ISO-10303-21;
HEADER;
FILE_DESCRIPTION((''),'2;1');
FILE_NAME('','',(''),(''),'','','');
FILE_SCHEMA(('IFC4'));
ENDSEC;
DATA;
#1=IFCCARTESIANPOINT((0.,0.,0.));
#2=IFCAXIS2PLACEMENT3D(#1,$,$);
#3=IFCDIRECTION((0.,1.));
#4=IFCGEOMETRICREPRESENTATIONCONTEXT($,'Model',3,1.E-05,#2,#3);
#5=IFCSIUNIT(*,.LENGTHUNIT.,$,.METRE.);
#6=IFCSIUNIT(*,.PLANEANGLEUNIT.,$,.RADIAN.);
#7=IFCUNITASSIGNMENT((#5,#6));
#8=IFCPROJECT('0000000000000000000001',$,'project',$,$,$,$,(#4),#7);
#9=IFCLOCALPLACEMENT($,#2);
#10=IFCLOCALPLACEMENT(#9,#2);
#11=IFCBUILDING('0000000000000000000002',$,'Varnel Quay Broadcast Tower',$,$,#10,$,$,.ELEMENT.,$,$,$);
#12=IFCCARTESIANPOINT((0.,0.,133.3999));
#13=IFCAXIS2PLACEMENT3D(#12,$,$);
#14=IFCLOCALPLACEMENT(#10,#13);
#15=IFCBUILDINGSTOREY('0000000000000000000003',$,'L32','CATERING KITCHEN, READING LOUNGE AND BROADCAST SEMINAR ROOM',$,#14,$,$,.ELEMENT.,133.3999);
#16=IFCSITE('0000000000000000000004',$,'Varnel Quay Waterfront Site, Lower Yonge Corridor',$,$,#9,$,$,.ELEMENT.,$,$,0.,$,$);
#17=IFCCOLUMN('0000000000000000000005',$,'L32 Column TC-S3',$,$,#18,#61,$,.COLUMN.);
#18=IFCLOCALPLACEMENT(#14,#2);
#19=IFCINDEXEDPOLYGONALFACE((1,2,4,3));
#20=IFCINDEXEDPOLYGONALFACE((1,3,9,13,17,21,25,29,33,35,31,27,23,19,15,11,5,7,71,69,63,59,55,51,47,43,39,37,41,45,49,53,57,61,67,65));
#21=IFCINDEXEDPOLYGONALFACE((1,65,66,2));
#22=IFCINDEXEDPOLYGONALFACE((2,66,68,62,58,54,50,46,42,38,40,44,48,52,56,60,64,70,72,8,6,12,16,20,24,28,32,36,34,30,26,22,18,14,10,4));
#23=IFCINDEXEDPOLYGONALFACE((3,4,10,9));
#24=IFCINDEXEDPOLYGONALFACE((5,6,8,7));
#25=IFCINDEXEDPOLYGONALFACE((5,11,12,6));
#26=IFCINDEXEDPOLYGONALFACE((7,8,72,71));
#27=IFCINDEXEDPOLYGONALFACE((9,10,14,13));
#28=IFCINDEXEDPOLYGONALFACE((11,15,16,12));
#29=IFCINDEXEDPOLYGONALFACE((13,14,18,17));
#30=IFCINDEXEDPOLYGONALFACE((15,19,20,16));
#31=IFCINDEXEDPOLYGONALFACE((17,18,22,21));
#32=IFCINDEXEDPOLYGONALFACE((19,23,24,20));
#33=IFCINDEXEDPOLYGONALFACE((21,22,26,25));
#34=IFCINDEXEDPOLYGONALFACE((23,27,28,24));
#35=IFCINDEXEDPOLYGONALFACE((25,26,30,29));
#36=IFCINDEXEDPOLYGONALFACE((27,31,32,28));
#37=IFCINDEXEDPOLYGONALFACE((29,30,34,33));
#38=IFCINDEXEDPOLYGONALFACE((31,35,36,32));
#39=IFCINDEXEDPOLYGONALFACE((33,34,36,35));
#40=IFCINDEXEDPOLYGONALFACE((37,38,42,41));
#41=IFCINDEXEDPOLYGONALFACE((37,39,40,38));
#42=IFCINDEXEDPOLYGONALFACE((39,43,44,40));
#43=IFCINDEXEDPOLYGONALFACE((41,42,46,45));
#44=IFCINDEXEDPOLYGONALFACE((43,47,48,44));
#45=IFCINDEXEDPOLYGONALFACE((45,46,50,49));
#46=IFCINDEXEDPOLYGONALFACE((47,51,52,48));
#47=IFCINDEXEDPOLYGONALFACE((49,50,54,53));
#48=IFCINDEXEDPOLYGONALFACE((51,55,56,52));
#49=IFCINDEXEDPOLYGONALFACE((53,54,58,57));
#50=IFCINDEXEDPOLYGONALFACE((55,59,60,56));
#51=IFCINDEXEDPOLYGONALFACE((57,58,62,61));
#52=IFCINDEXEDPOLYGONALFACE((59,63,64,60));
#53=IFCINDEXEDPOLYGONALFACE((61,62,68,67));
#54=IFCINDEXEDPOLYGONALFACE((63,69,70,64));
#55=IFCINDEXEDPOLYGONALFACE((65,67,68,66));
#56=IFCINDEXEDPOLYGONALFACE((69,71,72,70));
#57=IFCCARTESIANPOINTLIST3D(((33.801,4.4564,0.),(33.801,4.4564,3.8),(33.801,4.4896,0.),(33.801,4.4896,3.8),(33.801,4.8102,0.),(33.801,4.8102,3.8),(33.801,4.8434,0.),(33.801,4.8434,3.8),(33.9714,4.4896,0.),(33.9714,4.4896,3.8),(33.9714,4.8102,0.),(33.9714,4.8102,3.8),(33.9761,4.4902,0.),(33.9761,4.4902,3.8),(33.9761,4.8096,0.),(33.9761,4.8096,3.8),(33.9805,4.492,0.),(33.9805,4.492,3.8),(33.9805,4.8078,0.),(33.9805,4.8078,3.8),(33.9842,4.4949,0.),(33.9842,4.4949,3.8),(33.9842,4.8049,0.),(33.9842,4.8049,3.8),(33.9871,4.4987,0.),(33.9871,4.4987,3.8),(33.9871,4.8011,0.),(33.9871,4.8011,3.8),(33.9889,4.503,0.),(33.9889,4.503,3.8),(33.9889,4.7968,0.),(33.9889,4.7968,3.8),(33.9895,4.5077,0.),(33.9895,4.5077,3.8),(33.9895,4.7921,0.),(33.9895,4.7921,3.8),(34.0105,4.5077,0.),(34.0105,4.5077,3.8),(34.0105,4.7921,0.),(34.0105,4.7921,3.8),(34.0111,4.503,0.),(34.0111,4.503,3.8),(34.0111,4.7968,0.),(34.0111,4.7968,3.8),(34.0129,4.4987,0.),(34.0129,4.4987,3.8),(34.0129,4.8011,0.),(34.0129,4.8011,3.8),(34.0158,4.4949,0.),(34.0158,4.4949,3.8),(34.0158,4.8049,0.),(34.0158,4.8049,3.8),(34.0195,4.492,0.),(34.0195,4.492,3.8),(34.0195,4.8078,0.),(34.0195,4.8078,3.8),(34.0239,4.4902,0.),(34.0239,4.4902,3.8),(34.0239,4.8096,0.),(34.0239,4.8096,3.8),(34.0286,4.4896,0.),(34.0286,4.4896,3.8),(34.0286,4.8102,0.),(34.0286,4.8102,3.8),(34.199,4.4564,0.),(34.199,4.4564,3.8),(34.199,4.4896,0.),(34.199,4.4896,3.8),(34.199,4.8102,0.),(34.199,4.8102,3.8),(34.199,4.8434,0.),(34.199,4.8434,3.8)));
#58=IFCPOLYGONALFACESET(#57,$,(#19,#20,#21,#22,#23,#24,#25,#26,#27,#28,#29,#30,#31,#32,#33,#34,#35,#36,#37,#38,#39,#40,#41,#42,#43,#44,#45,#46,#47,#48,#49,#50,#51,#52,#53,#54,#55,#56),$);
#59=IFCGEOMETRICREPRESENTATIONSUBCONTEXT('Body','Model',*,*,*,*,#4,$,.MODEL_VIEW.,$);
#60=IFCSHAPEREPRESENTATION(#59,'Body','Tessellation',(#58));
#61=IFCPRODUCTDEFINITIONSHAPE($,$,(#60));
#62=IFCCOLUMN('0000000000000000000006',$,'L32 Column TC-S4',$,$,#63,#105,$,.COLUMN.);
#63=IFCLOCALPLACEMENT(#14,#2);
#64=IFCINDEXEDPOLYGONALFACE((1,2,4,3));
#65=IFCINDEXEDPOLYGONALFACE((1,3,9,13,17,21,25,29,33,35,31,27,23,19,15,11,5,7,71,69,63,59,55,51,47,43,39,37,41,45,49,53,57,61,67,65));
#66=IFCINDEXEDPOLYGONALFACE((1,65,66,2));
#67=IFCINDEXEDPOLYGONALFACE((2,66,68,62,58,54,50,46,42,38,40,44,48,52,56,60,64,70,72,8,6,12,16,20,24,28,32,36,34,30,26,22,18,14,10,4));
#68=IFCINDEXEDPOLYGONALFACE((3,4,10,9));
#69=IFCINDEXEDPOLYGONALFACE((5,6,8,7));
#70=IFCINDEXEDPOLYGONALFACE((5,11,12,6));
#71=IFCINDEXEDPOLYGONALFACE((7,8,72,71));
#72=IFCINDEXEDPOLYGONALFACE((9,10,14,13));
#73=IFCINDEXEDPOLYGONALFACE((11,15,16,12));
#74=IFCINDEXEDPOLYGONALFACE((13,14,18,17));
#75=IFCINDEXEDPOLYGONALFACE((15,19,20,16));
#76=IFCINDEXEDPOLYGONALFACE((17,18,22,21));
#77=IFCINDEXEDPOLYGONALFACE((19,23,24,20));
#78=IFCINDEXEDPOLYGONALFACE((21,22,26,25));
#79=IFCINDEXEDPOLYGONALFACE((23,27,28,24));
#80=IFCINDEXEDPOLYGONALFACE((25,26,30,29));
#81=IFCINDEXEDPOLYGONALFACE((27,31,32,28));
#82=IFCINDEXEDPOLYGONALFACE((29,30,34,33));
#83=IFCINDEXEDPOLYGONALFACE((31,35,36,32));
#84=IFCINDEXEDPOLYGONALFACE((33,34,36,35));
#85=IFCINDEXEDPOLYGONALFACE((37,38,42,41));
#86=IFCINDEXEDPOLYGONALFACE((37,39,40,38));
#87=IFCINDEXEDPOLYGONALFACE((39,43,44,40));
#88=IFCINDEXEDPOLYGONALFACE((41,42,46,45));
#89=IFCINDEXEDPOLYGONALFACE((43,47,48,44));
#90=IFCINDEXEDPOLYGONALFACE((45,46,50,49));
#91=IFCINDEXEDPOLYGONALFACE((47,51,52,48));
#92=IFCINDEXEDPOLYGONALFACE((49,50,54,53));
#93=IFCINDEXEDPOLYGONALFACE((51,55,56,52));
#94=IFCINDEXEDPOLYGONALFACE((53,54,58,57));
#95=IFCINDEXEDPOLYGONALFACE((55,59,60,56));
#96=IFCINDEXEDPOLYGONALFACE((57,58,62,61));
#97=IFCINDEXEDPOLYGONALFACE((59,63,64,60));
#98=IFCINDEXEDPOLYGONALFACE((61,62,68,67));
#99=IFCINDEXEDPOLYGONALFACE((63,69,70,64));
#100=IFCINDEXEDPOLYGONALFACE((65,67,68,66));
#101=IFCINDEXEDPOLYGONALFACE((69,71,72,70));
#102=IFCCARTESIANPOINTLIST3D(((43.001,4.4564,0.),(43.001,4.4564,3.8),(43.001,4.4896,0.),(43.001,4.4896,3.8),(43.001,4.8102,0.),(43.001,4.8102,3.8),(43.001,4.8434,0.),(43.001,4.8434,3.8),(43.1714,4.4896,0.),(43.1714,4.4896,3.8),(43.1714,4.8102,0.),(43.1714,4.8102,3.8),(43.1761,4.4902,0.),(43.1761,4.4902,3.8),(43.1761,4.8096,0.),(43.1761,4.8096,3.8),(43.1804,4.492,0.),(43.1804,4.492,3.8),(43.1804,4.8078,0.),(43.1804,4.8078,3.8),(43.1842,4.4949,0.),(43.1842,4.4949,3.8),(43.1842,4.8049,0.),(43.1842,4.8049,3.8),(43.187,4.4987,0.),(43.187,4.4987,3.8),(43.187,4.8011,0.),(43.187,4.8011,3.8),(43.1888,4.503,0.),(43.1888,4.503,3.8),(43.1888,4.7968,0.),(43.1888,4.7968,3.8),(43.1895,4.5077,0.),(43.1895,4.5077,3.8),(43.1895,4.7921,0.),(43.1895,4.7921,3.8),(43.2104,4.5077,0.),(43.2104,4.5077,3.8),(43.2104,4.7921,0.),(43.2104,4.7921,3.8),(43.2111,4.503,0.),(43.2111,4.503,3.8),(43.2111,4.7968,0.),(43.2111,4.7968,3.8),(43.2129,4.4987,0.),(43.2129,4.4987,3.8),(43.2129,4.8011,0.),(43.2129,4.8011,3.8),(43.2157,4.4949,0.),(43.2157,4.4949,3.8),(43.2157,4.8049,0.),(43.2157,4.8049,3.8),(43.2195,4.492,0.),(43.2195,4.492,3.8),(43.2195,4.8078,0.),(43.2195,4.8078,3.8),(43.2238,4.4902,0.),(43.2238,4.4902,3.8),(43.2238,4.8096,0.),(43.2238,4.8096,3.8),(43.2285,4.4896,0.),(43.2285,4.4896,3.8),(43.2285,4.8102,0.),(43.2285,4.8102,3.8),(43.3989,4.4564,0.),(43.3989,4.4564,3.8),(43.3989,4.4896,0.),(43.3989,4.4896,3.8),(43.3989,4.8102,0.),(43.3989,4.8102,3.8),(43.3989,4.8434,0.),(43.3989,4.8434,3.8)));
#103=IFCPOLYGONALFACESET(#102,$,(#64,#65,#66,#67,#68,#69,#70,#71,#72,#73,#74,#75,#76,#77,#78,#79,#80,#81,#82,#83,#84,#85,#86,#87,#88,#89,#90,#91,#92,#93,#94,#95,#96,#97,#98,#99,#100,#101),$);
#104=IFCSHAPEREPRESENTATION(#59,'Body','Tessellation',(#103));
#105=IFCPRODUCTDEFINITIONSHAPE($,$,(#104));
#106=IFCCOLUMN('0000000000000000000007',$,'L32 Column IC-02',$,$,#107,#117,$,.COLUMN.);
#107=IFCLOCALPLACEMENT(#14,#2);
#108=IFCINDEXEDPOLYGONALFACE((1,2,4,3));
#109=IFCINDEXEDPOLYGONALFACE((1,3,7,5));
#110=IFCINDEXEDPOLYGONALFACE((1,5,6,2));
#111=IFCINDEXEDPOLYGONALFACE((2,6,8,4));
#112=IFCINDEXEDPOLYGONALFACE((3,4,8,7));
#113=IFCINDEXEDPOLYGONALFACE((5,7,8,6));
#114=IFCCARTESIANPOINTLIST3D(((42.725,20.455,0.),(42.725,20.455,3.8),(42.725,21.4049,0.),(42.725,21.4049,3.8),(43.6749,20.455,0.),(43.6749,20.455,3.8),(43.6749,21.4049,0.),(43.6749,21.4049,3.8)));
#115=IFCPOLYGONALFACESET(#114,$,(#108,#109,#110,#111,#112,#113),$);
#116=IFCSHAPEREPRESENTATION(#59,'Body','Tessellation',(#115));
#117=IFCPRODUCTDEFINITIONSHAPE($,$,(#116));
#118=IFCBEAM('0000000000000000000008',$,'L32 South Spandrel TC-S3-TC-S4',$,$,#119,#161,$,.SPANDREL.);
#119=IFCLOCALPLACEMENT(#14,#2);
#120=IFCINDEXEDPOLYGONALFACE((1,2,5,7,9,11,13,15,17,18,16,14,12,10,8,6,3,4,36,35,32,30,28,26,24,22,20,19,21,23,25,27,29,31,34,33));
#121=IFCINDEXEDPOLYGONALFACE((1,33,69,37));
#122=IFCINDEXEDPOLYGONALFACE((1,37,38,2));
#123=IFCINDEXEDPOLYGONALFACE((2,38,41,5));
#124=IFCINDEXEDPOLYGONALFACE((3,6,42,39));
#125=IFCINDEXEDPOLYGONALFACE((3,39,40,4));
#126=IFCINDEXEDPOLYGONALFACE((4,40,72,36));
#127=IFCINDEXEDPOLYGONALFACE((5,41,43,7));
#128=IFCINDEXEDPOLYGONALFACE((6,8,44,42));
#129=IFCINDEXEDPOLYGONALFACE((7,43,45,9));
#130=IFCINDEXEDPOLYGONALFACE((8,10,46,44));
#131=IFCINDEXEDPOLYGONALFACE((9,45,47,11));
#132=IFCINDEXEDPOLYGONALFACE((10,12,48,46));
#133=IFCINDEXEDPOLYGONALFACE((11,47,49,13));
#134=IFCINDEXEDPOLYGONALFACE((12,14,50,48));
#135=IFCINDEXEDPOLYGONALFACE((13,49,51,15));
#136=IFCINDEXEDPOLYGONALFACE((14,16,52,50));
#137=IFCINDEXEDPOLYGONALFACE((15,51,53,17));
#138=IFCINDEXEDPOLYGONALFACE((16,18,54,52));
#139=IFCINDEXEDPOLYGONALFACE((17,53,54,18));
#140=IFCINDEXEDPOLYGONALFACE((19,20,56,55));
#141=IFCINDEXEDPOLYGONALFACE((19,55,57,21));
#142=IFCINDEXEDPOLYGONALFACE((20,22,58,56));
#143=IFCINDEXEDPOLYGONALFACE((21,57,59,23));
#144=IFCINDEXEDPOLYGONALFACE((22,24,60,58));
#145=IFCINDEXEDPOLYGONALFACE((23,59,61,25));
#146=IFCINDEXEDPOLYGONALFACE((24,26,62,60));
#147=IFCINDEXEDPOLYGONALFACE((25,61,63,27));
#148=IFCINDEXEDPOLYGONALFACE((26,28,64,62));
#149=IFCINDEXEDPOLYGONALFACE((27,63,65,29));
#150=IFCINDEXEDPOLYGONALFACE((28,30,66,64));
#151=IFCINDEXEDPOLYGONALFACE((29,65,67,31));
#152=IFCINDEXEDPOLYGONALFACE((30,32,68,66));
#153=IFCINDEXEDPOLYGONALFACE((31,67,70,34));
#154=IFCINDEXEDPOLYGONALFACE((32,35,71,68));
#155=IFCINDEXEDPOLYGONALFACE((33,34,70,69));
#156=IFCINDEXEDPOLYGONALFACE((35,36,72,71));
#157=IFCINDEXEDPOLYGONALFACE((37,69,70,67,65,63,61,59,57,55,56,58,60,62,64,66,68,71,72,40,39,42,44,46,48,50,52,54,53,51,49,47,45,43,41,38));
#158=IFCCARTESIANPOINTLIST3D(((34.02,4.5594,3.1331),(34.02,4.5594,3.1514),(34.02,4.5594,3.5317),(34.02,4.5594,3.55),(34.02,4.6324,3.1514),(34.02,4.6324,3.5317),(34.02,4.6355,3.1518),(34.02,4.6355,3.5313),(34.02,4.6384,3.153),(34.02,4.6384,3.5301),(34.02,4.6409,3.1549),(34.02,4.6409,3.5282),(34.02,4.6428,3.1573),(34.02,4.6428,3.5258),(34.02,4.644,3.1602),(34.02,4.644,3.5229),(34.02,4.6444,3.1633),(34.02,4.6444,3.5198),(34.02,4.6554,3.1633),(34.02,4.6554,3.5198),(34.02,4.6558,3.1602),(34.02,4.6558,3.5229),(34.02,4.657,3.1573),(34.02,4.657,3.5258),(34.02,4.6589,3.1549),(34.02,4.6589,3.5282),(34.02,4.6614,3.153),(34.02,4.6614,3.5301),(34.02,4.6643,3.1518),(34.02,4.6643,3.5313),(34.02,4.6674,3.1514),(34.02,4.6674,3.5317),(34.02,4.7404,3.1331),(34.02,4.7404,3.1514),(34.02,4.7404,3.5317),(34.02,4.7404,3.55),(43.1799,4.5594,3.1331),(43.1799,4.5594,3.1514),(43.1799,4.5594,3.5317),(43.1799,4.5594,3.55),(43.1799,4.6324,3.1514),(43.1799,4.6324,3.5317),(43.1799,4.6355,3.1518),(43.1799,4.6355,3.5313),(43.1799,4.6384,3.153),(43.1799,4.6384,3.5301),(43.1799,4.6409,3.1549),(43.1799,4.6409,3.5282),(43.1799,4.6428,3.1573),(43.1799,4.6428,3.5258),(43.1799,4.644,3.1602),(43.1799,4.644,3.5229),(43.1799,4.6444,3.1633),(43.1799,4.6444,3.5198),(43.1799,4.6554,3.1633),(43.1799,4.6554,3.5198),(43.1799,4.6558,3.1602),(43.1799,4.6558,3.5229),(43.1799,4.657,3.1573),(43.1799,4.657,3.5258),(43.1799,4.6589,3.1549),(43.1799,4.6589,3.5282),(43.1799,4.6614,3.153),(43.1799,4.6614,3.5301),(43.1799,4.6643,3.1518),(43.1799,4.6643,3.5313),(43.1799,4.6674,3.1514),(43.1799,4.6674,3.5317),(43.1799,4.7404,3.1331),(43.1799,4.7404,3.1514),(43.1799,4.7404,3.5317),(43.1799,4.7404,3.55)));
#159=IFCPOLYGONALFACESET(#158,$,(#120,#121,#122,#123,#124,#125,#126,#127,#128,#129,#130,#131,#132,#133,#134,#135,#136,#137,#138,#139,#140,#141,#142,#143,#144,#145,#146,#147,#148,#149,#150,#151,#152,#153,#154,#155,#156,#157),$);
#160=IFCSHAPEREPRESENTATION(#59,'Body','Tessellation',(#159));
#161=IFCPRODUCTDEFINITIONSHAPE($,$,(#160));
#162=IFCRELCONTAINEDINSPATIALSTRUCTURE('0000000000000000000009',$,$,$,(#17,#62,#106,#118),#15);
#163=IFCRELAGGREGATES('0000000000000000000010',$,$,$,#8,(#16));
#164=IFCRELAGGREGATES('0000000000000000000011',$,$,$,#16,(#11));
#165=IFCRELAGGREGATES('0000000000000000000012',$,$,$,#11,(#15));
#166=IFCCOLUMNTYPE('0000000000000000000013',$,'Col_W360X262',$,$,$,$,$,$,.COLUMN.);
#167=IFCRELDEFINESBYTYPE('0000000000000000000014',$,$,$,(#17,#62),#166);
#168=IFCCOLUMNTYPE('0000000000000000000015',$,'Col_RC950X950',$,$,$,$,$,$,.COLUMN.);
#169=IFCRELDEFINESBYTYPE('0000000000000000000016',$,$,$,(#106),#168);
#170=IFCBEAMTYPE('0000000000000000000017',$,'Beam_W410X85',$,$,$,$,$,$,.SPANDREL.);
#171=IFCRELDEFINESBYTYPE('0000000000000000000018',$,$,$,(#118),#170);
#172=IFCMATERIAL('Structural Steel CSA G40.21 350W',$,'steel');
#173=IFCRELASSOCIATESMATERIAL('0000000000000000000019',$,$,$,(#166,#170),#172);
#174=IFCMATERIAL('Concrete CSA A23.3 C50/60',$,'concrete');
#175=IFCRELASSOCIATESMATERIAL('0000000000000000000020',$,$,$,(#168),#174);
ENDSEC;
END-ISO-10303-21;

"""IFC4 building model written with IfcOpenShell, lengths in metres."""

from ifc_helpers import new_model, si_unit, direction, frame, origin, origin_2d, place, context, subcontext, project, spatial, rectangle, i_section, extrude, source, transform, mapped, material, material_profile, profile_set, type_object, type_shapes, element, save


model = new_model("IFC4")

# Units and contexts
model_context = context("Model", 3, precision=1e-05, world=origin(), true_north=direction((0.0, 1.0)))
body_context = subcontext(model_context, "Body", "Model", "MODEL_VIEW")
ifc_project = project(units=[si_unit("LENGTHUNIT", "METRE"), si_unit("PLANEANGLEUNIT", "RADIAN")], contexts=[model_context])

# Site, building, storey
site_placement = place(None, origin())
site = spatial("IfcSite", under=ifc_project, at=site_placement, Name="Varnel Quay Waterfront Site, Lower Yonge Corridor", CompositionType="ELEMENT", RefElevation=0.0)
building_placement = place(site_placement, origin())
building = spatial("IfcBuilding", under=site, at=building_placement, Name="Varnel Quay Broadcast Tower", CompositionType="ELEMENT")
storey_placement = place(building_placement, frame((0.0, 0.0, 133.3999)))
storey = spatial("IfcBuildingStorey", under=building, at=storey_placement, Name="L32", Description="CATERING KITCHEN, READING LOUNGE AND BROADCAST SEMINAR ROOM", CompositionType="ELEMENT", Elevation=133.3999)

# Columns
ifc_material_1 = material(Name="Structural Steel CSA G40.21 350W", Category="steel")
ifc_material_profile_1 = material_profile(ifc_material_1, i_section(OverallWidth=0.3979, OverallDepth=0.387, WebThickness=0.021, FlangeThickness=0.0332, FilletRadius=0.0181, at=origin_2d()), Name="W360X262")
ifc_profile_set_1 = profile_set([ifc_material_profile_1], Name="Structural Steel CSA G40.21 350W")
column_type_1 = type_object("IfcColumnType", Name="Col_W360X262", PredefinedType="COLUMN", material=ifc_profile_set_1)
shared_shape_1 = source(origin(), body_context, "Body", "SweptSolid", [
    extrude(i_section(OverallWidth=0.3979, OverallDepth=0.387, WebThickness=0.021, FlangeThickness=0.0332, FilletRadius=0.0181, at=origin_2d()), origin(), (0.0, 0.0, 1.0), 3.8),
])
type_shapes(column_type_1, [shared_shape_1])
for number, where, z_axis, x_axis, name in (
    (1, (34.0, 4.6499, 0.0), (0.0, 0.0, 1.0), (1.0, 0.0, 0.0), "L32 Column TC-S3"),
    (2, (43.2, 4.6499, 0.0), (0.0, 0.0, 1.0), (1.0, 0.0, 0.0), "L32 Column TC-S4"),
):
    element("IfcColumn", number, at=place(storey_placement, frame(where, z_axis=z_axis, x_axis=x_axis)), inside=storey, type_object=column_type_1, Name=name, PredefinedType="COLUMN", context=body_context, shape_type="MappedRepresentation", body=[
        mapped(shared_shape_1, transform((0.0, 0.0, 0.0), x_axis=(1.0, 0.0, 0.0), y_axis=(0.0, 1.0, 0.0), z_axis=(0.0, 0.0, 1.0), scale=1.0)),
    ])
ifc_material_2 = material(Name="Concrete CSA A23.3 C50/60", Category="concrete")
ifc_material_profile_2 = material_profile(ifc_material_2, rectangle(XDim=0.95, YDim=0.95, at=origin_2d()), Name="RC950X950")
ifc_profile_set_2 = profile_set([ifc_material_profile_2], Name="Concrete CSA A23.3 C50/60")
column_type_2 = type_object("IfcColumnType", Name="Col_RC950X950", PredefinedType="COLUMN", material=ifc_profile_set_2)
shared_shape_2 = source(origin(), body_context, "Body", "SweptSolid", [
    extrude(rectangle(XDim=0.95, YDim=0.95, at=origin_2d()), origin(), (0.0, 0.0, 1.0), 3.8),
])
type_shapes(column_type_2, [shared_shape_2])
column_placement = place(storey_placement, frame((43.2, 20.9299, 0.0), z_axis=(0.0, 0.0, 1.0), x_axis=(1.0, 0.0, 0.0)))
element("IfcColumn", 3, at=column_placement, inside=storey, type_object=column_type_2, Name="L32 Column IC-02", PredefinedType="COLUMN", context=body_context, shape_type="MappedRepresentation", body=[
    mapped(shared_shape_2, transform((0.0, 0.0, 0.0), x_axis=(1.0, 0.0, 0.0), y_axis=(0.0, 1.0, 0.0), z_axis=(0.0, 0.0, 1.0), scale=1.0)),
])

# Beam
ifc_material_profile_3 = material_profile(ifc_material_1, i_section(OverallWidth=0.1809, OverallDepth=0.417, WebThickness=0.011, FlangeThickness=0.0183, FilletRadius=0.012, at=origin_2d()), Name="W410X85")
ifc_profile_set_3 = profile_set([ifc_material_profile_3], Name="Structural Steel CSA G40.21 350W")
beam_type_1 = type_object("IfcBeamType", Name="Beam_W410X85", PredefinedType="SPANDREL", material=ifc_profile_set_3)
shared_shape_3 = source(origin(), body_context, "Body", "SweptSolid", [
    extrude(i_section(OverallWidth=0.1809, OverallDepth=0.417, WebThickness=0.011, FlangeThickness=0.0183, FilletRadius=0.012, at=origin_2d()), origin(), (0.0, 0.0, 1.0), 9.1599),
])
type_shapes(beam_type_1, [shared_shape_3])
for number, where, z_axis, x_axis, name in (
    (4, (34.02, 4.6499, 3.3416), (1.0, 0.0, 0.0), (0.0, 1.0, 0.0), "L32 South Spandrel TC-S3-TC-S4"),
):
    element("IfcBeam", number, at=place(storey_placement, frame(where, z_axis=z_axis, x_axis=x_axis)), inside=storey, type_object=beam_type_1, Name=name, PredefinedType="SPANDREL", context=body_context, shape_type="MappedRepresentation", body=[
        mapped(shared_shape_3, transform((0.0, 0.0, 0.0), x_axis=(1.0, 0.0, 0.0), y_axis=(0.0, 1.0, 0.0), z_axis=(0.0, 0.0, 1.0), scale=1.0)),
    ])

save(model, "model.ifc")
